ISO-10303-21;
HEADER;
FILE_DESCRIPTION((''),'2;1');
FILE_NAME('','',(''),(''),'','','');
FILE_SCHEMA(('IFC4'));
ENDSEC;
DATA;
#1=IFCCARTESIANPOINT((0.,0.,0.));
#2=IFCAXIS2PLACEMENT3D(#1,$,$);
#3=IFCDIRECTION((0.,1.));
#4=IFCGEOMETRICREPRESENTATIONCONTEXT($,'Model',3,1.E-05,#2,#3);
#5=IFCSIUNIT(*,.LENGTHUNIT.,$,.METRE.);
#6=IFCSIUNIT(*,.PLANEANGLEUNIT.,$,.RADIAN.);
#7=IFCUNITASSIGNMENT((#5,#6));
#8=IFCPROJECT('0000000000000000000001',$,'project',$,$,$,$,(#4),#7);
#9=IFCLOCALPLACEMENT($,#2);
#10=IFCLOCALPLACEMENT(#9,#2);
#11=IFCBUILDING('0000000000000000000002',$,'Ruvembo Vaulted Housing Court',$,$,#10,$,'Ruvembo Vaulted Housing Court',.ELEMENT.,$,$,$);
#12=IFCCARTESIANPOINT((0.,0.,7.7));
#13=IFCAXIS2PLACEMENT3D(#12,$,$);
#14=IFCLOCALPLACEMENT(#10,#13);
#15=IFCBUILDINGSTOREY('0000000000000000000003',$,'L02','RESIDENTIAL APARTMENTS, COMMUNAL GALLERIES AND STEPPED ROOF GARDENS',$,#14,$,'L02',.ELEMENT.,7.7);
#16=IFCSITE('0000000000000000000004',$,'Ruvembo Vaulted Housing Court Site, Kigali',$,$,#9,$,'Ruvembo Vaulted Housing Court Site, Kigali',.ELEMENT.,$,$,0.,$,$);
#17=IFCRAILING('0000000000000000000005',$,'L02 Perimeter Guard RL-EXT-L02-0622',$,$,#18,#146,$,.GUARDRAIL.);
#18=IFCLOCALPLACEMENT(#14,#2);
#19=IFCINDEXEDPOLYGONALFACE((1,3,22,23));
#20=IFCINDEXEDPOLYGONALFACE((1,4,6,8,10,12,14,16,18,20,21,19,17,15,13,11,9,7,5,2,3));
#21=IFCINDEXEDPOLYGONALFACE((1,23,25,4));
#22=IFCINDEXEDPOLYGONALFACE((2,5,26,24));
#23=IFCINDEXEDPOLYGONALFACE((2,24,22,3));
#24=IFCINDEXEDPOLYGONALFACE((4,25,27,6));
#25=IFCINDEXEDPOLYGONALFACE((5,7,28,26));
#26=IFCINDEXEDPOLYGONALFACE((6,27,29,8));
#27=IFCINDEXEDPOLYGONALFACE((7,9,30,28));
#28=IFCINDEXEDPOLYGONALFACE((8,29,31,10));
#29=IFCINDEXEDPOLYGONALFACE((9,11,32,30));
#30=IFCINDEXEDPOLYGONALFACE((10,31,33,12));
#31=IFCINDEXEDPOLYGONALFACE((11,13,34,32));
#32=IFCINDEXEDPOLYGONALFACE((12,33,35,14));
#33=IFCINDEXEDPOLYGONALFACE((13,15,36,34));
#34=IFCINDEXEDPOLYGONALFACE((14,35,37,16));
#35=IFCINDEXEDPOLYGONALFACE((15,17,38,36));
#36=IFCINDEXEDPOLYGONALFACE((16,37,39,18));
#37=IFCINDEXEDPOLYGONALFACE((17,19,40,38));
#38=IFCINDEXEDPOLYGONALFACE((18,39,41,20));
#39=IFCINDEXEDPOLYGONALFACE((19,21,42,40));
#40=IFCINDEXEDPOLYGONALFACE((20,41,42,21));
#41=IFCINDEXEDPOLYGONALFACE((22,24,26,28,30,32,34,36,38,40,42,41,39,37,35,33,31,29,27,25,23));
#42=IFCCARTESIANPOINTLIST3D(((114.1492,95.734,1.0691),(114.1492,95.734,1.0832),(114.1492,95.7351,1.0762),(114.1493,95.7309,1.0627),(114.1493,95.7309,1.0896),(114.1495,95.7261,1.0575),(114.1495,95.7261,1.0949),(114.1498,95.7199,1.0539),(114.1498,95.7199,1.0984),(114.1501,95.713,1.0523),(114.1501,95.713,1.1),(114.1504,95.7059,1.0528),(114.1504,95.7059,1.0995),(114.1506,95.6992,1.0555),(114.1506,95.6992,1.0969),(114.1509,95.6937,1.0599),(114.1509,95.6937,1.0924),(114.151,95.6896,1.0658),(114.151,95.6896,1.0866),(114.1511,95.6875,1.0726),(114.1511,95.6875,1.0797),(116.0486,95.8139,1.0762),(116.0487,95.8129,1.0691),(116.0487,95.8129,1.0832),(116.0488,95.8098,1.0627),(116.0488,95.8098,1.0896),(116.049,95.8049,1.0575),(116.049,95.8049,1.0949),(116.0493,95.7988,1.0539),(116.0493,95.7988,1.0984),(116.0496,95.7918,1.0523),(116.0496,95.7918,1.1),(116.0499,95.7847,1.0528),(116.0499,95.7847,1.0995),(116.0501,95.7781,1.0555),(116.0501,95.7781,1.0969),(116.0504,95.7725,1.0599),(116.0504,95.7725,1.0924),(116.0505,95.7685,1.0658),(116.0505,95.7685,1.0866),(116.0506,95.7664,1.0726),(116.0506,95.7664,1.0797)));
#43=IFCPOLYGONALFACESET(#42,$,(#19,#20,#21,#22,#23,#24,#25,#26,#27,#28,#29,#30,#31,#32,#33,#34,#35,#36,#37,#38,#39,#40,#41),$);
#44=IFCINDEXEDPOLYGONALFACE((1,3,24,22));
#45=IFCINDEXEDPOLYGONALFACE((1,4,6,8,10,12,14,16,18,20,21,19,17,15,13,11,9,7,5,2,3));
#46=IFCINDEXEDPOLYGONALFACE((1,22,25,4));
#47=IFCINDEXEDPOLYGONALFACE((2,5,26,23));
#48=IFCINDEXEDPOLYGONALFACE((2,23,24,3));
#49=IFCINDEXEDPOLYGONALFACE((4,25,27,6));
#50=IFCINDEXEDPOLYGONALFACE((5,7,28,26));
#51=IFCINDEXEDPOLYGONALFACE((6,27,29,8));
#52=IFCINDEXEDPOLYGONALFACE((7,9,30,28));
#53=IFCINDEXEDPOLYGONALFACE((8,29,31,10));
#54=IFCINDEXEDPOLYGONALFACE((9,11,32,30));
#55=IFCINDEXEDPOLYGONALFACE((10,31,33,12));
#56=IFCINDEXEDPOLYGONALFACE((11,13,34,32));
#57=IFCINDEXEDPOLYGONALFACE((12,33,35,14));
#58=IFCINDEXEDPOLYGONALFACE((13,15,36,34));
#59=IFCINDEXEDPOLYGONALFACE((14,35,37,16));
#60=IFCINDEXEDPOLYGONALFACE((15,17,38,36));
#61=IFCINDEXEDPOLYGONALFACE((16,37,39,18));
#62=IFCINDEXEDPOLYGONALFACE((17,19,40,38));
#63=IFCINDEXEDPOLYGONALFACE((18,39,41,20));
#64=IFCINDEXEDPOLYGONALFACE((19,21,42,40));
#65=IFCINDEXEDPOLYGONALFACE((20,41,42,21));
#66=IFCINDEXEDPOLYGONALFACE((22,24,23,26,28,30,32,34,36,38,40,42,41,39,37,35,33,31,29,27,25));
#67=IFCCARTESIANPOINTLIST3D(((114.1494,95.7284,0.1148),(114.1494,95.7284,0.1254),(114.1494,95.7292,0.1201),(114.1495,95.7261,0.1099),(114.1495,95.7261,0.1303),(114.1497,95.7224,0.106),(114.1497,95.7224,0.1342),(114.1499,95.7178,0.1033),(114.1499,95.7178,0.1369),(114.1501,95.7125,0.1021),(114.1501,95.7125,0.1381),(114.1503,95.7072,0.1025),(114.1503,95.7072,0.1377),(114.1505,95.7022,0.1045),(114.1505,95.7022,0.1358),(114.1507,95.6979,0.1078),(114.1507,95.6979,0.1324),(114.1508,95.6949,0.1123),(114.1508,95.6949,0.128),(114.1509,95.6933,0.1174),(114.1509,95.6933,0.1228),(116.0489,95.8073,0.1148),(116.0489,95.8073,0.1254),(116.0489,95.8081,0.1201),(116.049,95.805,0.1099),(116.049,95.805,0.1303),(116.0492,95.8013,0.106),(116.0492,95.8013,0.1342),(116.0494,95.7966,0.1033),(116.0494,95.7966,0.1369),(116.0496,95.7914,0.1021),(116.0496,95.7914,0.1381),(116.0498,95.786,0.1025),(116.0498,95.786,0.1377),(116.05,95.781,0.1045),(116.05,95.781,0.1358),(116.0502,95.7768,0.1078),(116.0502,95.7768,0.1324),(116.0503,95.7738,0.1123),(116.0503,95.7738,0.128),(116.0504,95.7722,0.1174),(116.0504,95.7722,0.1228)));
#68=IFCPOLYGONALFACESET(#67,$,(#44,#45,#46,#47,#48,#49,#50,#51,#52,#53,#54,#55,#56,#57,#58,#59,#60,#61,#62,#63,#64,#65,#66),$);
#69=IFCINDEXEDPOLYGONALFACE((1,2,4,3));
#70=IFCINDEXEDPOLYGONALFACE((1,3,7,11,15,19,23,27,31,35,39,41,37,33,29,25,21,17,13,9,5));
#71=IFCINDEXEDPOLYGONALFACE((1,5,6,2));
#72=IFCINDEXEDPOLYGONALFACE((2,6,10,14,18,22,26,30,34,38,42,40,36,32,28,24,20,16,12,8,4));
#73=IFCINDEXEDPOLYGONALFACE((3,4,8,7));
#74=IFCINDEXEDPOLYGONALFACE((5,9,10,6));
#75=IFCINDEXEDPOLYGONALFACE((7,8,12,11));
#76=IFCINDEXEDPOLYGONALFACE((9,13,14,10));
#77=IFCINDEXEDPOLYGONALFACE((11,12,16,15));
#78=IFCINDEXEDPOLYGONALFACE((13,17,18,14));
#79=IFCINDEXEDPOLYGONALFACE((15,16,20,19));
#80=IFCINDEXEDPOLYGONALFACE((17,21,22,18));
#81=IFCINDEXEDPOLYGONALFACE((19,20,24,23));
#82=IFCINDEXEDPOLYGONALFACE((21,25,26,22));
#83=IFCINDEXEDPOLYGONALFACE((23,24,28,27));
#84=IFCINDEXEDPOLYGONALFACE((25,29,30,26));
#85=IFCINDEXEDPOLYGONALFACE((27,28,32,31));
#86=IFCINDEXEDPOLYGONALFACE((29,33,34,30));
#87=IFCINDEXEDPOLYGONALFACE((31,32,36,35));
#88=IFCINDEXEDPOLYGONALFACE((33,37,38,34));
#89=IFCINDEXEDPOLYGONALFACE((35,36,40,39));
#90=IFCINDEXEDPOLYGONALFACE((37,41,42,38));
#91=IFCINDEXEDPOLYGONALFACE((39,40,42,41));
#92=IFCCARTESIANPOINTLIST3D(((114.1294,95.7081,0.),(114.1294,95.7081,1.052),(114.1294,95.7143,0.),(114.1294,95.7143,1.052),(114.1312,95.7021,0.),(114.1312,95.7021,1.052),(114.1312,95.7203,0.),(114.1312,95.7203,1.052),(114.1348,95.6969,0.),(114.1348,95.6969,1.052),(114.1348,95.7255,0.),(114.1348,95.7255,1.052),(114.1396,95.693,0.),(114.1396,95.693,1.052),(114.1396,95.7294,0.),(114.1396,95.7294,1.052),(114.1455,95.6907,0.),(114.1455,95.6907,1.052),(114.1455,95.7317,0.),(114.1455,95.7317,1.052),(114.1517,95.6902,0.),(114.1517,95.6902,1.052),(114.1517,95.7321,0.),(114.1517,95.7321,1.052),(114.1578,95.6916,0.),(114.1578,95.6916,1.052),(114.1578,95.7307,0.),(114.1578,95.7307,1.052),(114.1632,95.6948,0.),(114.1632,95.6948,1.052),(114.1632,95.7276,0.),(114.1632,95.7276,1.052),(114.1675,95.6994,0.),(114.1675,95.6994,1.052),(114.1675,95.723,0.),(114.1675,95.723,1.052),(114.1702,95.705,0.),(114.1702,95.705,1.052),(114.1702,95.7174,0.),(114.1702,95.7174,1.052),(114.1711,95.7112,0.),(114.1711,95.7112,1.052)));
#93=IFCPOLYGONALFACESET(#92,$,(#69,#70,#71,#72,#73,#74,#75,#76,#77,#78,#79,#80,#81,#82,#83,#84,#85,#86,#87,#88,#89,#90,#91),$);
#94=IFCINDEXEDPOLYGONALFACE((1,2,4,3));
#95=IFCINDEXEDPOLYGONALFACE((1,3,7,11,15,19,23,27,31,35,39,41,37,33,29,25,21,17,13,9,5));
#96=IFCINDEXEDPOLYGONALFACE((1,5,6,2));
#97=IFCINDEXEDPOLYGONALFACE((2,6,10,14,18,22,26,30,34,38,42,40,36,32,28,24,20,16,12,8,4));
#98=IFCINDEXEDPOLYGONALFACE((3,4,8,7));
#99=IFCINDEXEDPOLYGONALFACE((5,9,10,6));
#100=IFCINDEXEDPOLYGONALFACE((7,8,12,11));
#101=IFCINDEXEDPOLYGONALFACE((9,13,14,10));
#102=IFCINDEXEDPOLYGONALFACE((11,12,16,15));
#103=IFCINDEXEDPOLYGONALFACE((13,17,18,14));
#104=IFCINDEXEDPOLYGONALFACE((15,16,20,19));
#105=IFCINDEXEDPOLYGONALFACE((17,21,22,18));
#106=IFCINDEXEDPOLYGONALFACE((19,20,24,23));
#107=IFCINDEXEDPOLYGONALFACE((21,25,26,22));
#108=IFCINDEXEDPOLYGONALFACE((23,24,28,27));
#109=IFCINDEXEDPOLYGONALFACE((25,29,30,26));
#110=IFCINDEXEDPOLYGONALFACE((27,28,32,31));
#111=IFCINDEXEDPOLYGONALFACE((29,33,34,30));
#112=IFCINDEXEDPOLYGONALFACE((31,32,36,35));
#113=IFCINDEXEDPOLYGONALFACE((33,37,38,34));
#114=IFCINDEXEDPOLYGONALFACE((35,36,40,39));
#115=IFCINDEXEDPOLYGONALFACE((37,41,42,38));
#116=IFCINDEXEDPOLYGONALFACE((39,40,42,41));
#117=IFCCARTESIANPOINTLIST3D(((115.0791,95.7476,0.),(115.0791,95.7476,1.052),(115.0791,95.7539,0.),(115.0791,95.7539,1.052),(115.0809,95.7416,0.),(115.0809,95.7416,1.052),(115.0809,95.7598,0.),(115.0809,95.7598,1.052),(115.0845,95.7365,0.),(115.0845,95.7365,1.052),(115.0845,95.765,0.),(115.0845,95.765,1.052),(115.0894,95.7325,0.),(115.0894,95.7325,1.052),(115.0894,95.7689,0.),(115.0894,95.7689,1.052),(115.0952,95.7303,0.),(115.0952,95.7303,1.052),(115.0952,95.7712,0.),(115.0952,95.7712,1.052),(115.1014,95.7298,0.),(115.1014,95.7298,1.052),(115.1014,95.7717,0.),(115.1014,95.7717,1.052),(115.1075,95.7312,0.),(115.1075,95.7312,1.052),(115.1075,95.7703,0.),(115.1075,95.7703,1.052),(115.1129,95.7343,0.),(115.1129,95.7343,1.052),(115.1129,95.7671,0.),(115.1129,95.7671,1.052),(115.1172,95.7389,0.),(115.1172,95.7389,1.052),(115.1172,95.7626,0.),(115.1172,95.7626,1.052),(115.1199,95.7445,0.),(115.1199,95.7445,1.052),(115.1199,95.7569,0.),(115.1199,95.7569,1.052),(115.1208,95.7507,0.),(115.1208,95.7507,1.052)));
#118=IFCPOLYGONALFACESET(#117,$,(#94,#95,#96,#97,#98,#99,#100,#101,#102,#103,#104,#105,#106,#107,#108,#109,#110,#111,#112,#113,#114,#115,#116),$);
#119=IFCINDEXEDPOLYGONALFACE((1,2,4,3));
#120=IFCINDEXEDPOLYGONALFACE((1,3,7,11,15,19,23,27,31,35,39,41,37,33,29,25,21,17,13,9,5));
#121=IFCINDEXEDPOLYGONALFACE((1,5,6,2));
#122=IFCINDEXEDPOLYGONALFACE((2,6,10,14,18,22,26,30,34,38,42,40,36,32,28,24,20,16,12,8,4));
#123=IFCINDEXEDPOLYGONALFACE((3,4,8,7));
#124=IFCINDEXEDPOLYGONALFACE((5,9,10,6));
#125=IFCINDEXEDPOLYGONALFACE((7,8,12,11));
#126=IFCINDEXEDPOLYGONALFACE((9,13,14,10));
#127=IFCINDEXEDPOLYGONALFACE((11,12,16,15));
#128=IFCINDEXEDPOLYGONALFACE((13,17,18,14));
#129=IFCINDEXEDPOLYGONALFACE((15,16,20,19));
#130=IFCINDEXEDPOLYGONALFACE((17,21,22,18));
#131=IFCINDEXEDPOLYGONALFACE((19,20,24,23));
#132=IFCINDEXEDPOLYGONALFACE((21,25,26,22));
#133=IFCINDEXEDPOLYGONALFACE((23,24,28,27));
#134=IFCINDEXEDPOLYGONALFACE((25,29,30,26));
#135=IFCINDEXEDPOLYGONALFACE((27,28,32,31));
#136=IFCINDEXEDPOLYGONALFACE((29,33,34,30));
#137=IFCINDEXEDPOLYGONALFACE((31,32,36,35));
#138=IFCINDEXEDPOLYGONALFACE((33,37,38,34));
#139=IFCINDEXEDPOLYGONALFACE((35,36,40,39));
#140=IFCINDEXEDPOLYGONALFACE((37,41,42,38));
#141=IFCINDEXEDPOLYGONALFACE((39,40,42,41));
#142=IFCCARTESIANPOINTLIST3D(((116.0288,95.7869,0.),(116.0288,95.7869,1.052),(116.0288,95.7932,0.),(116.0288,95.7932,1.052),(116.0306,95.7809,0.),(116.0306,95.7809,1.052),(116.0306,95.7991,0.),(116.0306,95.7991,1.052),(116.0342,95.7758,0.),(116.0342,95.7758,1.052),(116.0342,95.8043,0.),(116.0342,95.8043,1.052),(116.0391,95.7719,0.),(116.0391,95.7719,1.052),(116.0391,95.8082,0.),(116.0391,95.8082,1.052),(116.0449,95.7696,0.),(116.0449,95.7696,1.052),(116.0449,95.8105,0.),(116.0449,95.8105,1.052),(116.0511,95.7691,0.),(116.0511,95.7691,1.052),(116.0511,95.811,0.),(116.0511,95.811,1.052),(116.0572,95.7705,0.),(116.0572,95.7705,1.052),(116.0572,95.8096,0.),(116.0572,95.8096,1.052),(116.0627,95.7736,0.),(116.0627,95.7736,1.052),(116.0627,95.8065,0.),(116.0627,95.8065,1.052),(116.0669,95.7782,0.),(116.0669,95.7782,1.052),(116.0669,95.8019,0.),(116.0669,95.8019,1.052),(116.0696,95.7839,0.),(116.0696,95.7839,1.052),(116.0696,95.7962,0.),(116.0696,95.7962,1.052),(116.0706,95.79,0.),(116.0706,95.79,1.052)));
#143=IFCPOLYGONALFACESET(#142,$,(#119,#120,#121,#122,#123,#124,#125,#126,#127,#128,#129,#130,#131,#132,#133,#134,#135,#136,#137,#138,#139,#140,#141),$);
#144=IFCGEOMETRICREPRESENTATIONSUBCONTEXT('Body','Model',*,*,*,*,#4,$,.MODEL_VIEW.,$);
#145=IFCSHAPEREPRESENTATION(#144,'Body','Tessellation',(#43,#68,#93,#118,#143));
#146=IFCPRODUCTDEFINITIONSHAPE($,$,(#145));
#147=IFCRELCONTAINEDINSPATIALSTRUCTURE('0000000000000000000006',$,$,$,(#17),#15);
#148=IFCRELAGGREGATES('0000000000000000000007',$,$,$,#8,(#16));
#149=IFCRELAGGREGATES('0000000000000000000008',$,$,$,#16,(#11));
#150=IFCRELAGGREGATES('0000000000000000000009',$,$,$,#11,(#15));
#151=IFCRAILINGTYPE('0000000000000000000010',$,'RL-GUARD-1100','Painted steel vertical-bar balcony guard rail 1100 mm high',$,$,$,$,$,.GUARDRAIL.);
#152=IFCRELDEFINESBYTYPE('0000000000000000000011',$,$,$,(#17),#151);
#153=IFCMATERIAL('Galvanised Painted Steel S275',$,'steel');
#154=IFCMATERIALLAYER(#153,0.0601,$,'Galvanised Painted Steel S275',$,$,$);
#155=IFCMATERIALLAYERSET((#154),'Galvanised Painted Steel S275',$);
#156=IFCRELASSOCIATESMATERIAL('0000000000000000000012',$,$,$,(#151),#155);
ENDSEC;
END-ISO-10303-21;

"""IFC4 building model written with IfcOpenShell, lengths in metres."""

from ifc_helpers import new_model, si_unit, direction, frame, origin, origin_2d, place, context, subcontext, project, spatial, circle, extrude, material, layer, layer_set, type_object, element, save


model = new_model("IFC4")

# Units and contexts
model_context = context("Model", 3, precision=1e-05, world=origin(), true_north=direction((0.0, 1.0)))
body_context = subcontext(model_context, "Body", "Model", "MODEL_VIEW")
ifc_project = project(units=[si_unit("LENGTHUNIT", "METRE"), si_unit("PLANEANGLEUNIT", "RADIAN")], contexts=[model_context])

# Site, building, storey
site_placement = place(None, origin())
site = spatial("IfcSite", under=ifc_project, at=site_placement, Name="Ruvembo Vaulted Housing Court Site, Kigali", LongName="Ruvembo Vaulted Housing Court Site, Kigali", CompositionType="ELEMENT", RefElevation=0.0)
building_placement = place(site_placement, origin())
building = spatial("IfcBuilding", under=site, at=building_placement, Name="Ruvembo Vaulted Housing Court", LongName="Ruvembo Vaulted Housing Court", CompositionType="ELEMENT")
storey_placement = place(building_placement, frame((0.0, 0.0, 7.7)))
storey = spatial("IfcBuildingStorey", under=building, at=storey_placement, Name="L02", Description="RESIDENTIAL APARTMENTS, COMMUNAL GALLERIES AND STEPPED ROOF GARDENS", LongName="L02", CompositionType="ELEMENT", Elevation=7.7)

# Railing
ifc_material_1 = material(Name="Galvanised Painted Steel S275", Category="steel")
ifc_layer = layer(ifc_material_1, 0.0601, Name="Galvanised Painted Steel S275")
ifc_layer_set = layer_set([ifc_layer], Name="Galvanised Painted Steel S275")
railing_type = type_object("IfcRailingType", Name="RL-GUARD-1100", Description="Painted steel vertical-bar balcony guard rail 1100 mm high", PredefinedType="GUARDRAIL", material=ifc_layer_set)
railing_1_placement = place(storey_placement, frame((114.1501, 95.7112, 0.0)))
element("IfcRailing", 1, at=railing_1_placement, inside=storey, type_object=railing_type, Name="L02 Perimeter Guard RL-EXT-L02-0622", PredefinedType="GUARDRAIL", context=body_context, shape_type="SweptSolid", body=[
    extrude(circle(Radius=0.0239, at=origin_2d()), frame((0.0, 0.0, 1.0762), z_axis=(0.999139, 0.041481, 0.0), x_axis=(-0.041481, 0.999139, 0.0)), (0.0, 0.0, 1.0), 1.9011),
    extrude(circle(Radius=0.0181, at=origin_2d()), frame((0.0, 0.0, 0.1201), z_axis=(0.999139, 0.041481, 0.0), x_axis=(-0.041481, 0.999139, 0.0)), (0.0, 0.0, 1.0), 1.9011),
    extrude(circle(Radius=0.021, at=origin_2d()), origin(), (0.0, 0.0, 1.0), 1.052),
    extrude(circle(Radius=0.021, at=origin_2d()), frame((0.9497, 0.0396, 0.0)), (0.0, 0.0, 1.0), 1.052),
    extrude(circle(Radius=0.021, at=origin_2d()), frame((1.8994, 0.0789, 0.0)), (0.0, 0.0, 1.0), 1.052),
])

save(model, "model.ifc")
